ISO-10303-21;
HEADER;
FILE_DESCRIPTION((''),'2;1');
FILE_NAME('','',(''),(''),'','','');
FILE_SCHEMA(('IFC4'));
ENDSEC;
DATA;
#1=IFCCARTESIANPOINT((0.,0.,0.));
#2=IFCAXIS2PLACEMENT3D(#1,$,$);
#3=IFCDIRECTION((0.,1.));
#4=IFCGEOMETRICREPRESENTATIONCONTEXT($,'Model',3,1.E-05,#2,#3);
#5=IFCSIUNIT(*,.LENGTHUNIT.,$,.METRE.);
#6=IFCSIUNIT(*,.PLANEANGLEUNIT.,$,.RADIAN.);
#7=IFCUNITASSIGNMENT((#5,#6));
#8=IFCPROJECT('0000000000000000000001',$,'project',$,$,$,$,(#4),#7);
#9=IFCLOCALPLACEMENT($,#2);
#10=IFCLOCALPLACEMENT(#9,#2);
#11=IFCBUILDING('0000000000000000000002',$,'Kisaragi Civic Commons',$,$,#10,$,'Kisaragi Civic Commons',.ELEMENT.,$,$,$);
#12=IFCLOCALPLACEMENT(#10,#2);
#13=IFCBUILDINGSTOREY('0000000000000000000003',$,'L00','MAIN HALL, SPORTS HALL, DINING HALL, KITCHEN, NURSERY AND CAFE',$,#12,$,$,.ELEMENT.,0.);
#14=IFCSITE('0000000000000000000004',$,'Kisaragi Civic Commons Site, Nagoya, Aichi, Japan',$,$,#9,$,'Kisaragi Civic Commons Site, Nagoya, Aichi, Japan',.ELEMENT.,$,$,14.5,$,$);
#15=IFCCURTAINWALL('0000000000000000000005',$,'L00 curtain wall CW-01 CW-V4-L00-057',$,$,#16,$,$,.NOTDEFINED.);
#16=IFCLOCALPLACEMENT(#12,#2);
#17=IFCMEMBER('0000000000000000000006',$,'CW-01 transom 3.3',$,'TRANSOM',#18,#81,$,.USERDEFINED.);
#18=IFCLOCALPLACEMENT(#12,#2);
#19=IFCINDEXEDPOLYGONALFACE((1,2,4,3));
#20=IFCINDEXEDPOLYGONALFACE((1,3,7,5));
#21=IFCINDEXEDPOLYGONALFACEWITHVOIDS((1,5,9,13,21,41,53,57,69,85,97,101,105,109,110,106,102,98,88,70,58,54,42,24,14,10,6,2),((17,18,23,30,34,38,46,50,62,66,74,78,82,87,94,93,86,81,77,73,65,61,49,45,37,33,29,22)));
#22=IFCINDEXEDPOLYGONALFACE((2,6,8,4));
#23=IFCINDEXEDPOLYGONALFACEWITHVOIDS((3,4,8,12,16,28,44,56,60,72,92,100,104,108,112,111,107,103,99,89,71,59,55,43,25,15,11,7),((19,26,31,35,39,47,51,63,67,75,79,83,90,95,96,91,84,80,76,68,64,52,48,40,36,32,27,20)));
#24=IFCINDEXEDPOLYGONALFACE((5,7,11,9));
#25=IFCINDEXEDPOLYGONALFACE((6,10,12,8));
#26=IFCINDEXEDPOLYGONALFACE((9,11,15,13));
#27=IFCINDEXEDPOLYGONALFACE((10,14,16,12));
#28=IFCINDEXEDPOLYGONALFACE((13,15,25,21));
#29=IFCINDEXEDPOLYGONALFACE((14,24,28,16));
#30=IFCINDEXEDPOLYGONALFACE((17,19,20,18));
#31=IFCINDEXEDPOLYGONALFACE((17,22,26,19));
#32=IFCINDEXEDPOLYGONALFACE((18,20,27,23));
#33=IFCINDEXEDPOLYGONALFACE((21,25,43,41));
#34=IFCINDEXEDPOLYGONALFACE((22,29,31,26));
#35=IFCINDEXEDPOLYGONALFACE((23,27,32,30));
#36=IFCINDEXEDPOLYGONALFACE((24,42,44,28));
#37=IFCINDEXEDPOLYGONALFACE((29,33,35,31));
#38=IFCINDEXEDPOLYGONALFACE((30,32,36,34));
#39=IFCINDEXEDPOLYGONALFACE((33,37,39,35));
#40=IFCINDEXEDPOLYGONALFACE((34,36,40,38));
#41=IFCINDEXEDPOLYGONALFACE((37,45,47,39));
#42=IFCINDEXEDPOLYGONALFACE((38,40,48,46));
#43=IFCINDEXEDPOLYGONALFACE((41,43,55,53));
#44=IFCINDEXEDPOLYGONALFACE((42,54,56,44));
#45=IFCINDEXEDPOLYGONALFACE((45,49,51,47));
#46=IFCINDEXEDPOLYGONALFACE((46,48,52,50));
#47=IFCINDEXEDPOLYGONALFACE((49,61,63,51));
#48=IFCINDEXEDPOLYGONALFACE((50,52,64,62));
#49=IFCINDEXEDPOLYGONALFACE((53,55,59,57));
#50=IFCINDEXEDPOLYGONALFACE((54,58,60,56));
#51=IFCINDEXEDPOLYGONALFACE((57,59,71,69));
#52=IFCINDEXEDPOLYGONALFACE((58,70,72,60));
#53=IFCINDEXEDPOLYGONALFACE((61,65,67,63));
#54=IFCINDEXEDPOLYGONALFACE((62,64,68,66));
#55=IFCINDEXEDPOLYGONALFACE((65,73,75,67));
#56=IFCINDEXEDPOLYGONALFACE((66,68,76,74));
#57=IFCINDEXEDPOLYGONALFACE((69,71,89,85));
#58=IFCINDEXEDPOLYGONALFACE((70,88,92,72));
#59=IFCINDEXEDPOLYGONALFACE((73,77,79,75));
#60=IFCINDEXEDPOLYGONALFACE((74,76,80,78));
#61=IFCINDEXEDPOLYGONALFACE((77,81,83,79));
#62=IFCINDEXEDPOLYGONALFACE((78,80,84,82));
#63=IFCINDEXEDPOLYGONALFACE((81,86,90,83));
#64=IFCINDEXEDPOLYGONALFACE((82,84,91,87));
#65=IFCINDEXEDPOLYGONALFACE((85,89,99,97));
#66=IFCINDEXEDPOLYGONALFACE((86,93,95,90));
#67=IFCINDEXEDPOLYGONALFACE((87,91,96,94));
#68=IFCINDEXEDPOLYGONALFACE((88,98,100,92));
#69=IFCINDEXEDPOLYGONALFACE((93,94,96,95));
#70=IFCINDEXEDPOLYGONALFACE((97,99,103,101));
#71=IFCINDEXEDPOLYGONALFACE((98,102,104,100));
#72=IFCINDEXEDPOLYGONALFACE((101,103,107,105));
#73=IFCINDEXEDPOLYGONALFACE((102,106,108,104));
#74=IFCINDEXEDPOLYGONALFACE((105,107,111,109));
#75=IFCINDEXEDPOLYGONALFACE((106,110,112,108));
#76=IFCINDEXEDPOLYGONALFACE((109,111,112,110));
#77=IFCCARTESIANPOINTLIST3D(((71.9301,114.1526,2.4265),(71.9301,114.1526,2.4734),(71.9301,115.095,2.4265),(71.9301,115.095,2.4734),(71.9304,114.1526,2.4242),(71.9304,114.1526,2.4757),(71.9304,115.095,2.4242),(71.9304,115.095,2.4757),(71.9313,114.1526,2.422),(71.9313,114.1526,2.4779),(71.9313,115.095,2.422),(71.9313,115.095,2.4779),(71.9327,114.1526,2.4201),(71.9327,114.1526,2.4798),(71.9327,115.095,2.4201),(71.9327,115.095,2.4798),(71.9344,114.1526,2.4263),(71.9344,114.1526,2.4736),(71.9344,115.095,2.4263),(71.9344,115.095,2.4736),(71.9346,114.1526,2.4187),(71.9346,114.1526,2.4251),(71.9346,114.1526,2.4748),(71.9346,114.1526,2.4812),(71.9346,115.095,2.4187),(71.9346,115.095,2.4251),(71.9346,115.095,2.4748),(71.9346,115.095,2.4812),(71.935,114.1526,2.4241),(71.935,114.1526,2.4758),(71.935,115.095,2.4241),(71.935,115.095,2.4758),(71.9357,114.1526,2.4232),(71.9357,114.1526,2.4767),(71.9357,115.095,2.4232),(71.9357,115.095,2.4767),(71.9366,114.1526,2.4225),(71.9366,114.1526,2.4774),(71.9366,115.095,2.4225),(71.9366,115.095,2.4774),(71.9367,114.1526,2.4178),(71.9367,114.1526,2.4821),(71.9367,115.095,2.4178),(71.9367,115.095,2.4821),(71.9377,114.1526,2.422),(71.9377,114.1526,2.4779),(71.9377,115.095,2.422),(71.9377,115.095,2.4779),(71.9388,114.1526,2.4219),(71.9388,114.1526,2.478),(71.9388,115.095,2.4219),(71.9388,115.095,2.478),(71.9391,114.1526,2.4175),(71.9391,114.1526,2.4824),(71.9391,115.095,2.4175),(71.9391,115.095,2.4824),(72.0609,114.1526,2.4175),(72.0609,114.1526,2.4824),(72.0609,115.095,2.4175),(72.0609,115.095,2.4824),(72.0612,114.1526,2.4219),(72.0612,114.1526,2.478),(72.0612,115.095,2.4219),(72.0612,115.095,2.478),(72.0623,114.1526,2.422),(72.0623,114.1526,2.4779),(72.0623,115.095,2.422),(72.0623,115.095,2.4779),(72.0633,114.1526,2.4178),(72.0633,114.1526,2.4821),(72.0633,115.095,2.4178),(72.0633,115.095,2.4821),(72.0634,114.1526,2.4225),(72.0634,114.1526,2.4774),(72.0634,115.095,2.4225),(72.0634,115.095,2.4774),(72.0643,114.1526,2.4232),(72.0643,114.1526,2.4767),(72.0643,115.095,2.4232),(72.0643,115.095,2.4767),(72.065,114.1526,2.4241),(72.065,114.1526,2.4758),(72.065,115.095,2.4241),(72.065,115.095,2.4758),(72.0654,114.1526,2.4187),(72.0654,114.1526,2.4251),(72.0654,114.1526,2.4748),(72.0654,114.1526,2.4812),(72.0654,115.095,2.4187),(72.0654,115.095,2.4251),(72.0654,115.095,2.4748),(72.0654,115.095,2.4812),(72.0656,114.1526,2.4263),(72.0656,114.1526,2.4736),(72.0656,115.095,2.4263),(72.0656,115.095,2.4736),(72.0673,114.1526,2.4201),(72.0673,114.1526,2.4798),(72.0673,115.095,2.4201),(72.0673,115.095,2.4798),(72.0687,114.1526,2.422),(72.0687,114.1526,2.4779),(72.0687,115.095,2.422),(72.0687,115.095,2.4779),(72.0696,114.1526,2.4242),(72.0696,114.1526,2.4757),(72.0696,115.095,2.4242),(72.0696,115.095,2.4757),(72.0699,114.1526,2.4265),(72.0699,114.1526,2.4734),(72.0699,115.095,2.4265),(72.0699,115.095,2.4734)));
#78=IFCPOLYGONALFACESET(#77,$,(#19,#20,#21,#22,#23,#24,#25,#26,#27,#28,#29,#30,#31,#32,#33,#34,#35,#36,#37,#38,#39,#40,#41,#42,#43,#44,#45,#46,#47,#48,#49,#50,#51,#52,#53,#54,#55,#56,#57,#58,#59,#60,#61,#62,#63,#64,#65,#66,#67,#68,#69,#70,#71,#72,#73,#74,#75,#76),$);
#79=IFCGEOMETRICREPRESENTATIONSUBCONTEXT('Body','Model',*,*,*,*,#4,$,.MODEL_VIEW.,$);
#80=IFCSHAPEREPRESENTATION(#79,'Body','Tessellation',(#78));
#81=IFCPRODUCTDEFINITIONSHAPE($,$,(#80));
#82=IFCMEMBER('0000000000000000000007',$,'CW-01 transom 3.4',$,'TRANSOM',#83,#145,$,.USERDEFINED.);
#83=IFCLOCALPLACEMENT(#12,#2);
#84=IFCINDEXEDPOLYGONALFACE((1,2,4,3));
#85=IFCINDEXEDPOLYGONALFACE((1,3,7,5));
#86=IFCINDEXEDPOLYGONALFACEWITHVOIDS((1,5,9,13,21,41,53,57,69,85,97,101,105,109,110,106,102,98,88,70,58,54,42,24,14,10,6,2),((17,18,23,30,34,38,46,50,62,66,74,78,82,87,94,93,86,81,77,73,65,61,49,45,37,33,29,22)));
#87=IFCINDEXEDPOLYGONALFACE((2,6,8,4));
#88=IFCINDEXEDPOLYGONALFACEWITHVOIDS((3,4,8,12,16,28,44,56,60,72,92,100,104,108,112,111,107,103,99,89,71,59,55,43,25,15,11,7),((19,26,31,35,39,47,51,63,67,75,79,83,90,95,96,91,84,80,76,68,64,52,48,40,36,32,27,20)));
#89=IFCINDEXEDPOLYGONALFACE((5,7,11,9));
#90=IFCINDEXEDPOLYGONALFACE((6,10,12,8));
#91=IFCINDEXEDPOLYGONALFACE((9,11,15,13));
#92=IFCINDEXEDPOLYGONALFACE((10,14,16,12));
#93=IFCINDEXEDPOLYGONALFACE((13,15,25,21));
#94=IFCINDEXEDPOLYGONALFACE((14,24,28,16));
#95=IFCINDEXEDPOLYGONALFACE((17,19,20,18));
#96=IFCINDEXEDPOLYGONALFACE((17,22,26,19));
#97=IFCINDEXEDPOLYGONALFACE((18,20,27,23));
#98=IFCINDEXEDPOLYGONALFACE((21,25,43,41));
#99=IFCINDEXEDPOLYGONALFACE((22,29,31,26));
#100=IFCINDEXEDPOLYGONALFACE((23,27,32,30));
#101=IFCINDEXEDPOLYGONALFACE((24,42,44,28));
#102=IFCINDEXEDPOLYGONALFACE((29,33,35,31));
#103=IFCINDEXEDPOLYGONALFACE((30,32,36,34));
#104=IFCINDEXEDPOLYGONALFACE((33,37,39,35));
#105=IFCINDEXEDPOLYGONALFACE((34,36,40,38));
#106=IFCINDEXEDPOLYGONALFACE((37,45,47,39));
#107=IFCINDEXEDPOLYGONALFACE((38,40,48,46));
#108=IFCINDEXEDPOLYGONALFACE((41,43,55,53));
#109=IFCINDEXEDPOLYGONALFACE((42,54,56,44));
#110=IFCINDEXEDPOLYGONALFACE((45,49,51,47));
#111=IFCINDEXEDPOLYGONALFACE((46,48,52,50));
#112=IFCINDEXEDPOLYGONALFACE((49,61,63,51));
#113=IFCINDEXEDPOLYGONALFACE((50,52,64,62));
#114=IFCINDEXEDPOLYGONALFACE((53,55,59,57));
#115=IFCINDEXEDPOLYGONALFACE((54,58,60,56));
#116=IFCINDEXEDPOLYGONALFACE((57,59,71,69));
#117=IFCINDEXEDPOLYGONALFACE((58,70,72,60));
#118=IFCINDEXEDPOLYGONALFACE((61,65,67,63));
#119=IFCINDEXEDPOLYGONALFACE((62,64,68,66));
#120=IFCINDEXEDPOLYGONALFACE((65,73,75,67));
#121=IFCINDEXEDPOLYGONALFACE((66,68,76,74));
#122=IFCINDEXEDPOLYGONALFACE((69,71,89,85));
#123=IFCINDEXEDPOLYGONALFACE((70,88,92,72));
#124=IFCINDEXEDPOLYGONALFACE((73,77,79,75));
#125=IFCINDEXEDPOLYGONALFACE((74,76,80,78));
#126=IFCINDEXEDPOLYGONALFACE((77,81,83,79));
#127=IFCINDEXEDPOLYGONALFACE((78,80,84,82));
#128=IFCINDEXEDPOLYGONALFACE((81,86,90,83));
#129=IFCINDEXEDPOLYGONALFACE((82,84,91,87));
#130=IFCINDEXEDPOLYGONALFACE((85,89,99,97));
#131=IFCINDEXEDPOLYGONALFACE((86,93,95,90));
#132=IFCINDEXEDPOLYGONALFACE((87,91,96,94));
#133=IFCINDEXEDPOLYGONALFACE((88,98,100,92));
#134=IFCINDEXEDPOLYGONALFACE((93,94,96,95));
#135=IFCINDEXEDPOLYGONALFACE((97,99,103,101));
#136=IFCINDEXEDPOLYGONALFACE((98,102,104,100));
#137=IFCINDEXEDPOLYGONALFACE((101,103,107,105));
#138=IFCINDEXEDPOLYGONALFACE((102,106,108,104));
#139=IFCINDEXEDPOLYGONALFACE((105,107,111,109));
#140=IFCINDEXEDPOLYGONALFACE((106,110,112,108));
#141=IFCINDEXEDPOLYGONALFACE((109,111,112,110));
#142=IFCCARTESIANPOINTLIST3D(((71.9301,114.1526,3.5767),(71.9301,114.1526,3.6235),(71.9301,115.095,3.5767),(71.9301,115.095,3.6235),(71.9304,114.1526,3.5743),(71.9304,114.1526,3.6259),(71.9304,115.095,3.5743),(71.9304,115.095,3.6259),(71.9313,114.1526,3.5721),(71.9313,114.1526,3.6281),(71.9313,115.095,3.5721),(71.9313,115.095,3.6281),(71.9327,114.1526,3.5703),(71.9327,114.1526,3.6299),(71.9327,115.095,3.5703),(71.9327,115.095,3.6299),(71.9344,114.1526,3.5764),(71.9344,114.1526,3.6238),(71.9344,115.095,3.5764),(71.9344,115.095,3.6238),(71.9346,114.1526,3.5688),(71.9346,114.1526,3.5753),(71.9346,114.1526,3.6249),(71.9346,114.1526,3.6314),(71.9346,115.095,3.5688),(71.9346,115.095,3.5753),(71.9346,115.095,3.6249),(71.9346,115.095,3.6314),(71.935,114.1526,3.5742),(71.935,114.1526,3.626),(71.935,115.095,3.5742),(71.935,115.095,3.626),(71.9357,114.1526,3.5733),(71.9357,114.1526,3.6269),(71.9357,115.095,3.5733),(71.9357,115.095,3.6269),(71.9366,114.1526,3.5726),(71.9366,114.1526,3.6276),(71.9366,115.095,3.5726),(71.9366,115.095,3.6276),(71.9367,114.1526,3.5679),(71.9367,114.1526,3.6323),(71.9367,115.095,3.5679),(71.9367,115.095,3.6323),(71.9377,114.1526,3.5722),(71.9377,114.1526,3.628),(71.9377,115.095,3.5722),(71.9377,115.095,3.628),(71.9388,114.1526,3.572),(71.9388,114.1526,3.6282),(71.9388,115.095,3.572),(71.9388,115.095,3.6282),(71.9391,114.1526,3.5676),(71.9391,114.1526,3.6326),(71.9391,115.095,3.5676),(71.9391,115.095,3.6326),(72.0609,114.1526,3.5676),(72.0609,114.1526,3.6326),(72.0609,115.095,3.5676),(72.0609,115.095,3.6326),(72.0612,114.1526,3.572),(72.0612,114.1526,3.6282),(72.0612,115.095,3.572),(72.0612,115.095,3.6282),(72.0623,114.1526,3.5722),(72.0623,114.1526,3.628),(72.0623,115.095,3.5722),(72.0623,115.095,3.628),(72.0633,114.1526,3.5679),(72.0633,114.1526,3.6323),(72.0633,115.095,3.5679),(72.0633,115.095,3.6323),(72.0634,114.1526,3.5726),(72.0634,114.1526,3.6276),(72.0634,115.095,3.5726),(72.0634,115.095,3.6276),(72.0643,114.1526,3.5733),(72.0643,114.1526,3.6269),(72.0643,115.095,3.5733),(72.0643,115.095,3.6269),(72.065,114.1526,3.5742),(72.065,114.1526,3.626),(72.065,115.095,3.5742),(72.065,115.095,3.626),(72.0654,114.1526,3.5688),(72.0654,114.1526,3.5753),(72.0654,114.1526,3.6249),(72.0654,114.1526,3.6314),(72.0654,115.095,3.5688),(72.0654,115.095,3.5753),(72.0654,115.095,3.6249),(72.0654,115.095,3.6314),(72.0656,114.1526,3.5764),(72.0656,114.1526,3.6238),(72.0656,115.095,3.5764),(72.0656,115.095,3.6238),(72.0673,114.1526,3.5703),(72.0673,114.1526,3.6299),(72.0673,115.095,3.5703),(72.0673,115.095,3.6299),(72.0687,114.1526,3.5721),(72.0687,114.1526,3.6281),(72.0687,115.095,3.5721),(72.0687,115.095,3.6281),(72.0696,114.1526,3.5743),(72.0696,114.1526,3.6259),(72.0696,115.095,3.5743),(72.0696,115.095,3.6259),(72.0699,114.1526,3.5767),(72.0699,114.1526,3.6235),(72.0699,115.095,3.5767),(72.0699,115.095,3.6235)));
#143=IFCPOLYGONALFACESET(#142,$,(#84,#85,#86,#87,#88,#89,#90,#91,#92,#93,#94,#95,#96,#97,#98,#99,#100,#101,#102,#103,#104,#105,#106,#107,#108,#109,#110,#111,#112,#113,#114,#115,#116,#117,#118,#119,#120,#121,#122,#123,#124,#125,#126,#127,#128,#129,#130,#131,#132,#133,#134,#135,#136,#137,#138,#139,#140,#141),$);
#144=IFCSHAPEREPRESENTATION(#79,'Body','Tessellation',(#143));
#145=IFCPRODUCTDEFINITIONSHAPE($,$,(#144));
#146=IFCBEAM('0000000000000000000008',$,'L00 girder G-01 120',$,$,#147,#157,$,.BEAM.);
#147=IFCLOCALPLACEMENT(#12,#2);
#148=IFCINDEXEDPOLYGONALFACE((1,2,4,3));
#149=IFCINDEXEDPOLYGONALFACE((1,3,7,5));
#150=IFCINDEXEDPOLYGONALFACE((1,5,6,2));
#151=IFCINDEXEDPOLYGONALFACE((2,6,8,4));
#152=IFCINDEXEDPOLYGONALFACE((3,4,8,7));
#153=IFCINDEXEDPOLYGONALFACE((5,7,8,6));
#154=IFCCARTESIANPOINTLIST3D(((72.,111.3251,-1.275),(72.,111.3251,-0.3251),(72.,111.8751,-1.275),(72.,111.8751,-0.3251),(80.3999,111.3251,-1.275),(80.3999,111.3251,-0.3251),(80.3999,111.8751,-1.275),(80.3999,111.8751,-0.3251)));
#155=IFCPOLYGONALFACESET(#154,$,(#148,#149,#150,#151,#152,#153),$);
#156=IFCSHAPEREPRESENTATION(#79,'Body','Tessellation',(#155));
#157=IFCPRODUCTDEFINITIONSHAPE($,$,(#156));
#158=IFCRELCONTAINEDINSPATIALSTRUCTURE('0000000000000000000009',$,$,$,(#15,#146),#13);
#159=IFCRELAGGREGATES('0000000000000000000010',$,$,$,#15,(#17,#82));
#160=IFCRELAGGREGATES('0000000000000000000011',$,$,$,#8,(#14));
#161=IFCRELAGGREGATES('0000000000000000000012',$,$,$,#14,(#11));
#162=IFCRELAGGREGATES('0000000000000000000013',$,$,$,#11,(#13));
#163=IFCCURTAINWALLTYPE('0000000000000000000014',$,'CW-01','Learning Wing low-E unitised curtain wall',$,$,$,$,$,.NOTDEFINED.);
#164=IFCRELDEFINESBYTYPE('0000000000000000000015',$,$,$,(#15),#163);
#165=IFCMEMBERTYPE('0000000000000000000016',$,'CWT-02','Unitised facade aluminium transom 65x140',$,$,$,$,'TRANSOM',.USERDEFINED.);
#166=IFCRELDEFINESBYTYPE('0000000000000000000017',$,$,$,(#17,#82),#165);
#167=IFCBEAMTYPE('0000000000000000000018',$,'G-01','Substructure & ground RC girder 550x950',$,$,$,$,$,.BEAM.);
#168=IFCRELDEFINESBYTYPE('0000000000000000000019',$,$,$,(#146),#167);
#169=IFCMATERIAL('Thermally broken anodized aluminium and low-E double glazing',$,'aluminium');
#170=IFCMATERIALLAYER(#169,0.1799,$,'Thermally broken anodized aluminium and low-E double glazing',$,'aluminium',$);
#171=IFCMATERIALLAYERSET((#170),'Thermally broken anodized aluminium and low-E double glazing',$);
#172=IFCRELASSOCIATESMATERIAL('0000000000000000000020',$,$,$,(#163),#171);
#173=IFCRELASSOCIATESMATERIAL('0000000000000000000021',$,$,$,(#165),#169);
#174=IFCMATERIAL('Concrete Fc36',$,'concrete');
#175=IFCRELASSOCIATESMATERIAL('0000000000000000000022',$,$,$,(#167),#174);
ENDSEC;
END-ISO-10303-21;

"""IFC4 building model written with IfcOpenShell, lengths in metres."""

from ifc_helpers import new_model, si_unit, direction, frame, origin, origin_2d, place, context, subcontext, project, spatial, rectangle, hollow_rectangle, extrude, material, layer, layer_set, material_profile, profile_set, type_object, element, aggregate, save


model = new_model("IFC4")

# Units and contexts
model_context = context("Model", 3, precision=1e-05, world=origin(), true_north=direction((0.0, 1.0)))
body_context = subcontext(model_context, "Body", "Model", "MODEL_VIEW")
ifc_project = project(units=[si_unit("LENGTHUNIT", "METRE"), si_unit("PLANEANGLEUNIT", "RADIAN")], contexts=[model_context])

# Site, building, storey
site_placement = place(None, origin())
site = spatial("IfcSite", under=ifc_project, at=site_placement, Name="Kisaragi Civic Commons Site, Nagoya, Aichi, Japan", LongName="Kisaragi Civic Commons Site, Nagoya, Aichi, Japan", CompositionType="ELEMENT", RefElevation=14.5)
building_placement = place(site_placement, origin())
building = spatial("IfcBuilding", under=site, at=building_placement, Name="Kisaragi Civic Commons", LongName="Kisaragi Civic Commons", CompositionType="ELEMENT")
storey_placement = place(building_placement, origin())
storey = spatial("IfcBuildingStorey", under=building, at=storey_placement, Name="L00", Description="MAIN HALL, SPORTS HALL, DINING HALL, KITCHEN, NURSERY AND CAFE", CompositionType="ELEMENT", Elevation=0.0)

# Shared definitions
ifc_material_1 = material(Name="Concrete Fc36", Category="concrete")

# Curtain wall, members
ifc_material_2 = material(Name="Thermally broken anodized aluminium and low-E double glazing", Category="aluminium")
ifc_layer_1 = layer(ifc_material_2, 0.1799, Name="Thermally broken anodized aluminium and low-E double glazing", Category="aluminium")
ifc_layer_set_1 = layer_set([ifc_layer_1], Name="Thermally broken anodized aluminium and low-E double glazing")
curtain_wall_type = type_object("IfcCurtainWallType", Name="CW-01", Description="Learning Wing low-E unitised curtain wall", PredefinedType="NOTDEFINED", material=ifc_layer_set_1)
curtain_wall_placement = place(storey_placement, origin())
curtain_wall = element("IfcCurtainWall", 1, at=curtain_wall_placement, inside=storey, type_object=curtain_wall_type, Name="L00 curtain wall CW-01 CW-V4-L00-057", PredefinedType="NOTDEFINED")
ifc_material_profile_1 = material_profile(ifc_material_2, hollow_rectangle(XDim=0.1399, YDim=0.0649, WallThickness=0.0044, InnerFilletRadius=0.0044, OuterFilletRadius=0.009, at=origin_2d()), Name="CWT-65x140x4.5", Category="aluminium")
ifc_profile_set_1 = profile_set([ifc_material_profile_1], Name="Thermally broken anodized aluminium and low-E double glazing")
member_type_1 = type_object("IfcMemberType", Name="CWT-02", Description="Unitised facade aluminium transom 65x140", ElementType="TRANSOM", PredefinedType="USERDEFINED", material=ifc_profile_set_1)
member_1_placement = place(storey_placement, frame((72.0, 114.1526, 2.45), z_axis=(0.0, 1.0, 0.0), x_axis=(-1.0, 0.0, 0.0)))
member_1 = element("IfcMember", 2, at=member_1_placement, type_object=member_type_1, Name="CW-01 transom 3.3", ObjectType="TRANSOM", PredefinedType="USERDEFINED", context=body_context, shape_type="SweptSolid", body=[
    extrude(hollow_rectangle(XDim=0.1399, YDim=0.0649, WallThickness=0.0044, InnerFilletRadius=0.0044, OuterFilletRadius=0.009, at=origin_2d()), origin(), (0.0, 0.0, 1.0), 0.9424),
])
member_2_placement = place(storey_placement, frame((72.0, 114.1526, 3.6001), z_axis=(0.0, 1.0, 0.0), x_axis=(-1.0, 0.0, 0.0)))
member_2 = element("IfcMember", 3, at=member_2_placement, type_object=member_type_1, Name="CW-01 transom 3.4", ObjectType="TRANSOM", PredefinedType="USERDEFINED", context=body_context, shape_type="SweptSolid", body=[
    extrude(hollow_rectangle(XDim=0.1399, YDim=0.0649, WallThickness=0.0044, InnerFilletRadius=0.0044, OuterFilletRadius=0.009, at=origin_2d()), origin(), (0.0, 0.0, 1.0), 0.9424),
])

# Beam
ifc_material_profile_2 = material_profile(ifc_material_1, rectangle(XDim=0.55, YDim=0.95, at=origin_2d()), Name="RC-550x950", Category="concrete")
ifc_profile_set_2 = profile_set([ifc_material_profile_2], Name="Concrete Fc36")
beam_type_1 = type_object("IfcBeamType", Name="G-01", Description="Substructure & ground RC girder 550x950", PredefinedType="BEAM", material=ifc_profile_set_2)
beam_1_placement = place(storey_placement, frame((72.0, 111.6001, -0.8), z_axis=(1.0, 0.0, 0.0), x_axis=(0.0, 1.0, 0.0)))
element("IfcBeam", 4, at=beam_1_placement, inside=storey, type_object=beam_type_1, Name="L00 girder G-01 120", PredefinedType="BEAM", context=body_context, shape_type="SweptSolid", body=[
    extrude(rectangle(XDim=0.55, YDim=0.95, at=origin_2d()), origin(), (0.0, 0.0, 1.0), 8.3999),
])

aggregate(curtain_wall, [member_1, member_2])

save(model, "model.ifc")
